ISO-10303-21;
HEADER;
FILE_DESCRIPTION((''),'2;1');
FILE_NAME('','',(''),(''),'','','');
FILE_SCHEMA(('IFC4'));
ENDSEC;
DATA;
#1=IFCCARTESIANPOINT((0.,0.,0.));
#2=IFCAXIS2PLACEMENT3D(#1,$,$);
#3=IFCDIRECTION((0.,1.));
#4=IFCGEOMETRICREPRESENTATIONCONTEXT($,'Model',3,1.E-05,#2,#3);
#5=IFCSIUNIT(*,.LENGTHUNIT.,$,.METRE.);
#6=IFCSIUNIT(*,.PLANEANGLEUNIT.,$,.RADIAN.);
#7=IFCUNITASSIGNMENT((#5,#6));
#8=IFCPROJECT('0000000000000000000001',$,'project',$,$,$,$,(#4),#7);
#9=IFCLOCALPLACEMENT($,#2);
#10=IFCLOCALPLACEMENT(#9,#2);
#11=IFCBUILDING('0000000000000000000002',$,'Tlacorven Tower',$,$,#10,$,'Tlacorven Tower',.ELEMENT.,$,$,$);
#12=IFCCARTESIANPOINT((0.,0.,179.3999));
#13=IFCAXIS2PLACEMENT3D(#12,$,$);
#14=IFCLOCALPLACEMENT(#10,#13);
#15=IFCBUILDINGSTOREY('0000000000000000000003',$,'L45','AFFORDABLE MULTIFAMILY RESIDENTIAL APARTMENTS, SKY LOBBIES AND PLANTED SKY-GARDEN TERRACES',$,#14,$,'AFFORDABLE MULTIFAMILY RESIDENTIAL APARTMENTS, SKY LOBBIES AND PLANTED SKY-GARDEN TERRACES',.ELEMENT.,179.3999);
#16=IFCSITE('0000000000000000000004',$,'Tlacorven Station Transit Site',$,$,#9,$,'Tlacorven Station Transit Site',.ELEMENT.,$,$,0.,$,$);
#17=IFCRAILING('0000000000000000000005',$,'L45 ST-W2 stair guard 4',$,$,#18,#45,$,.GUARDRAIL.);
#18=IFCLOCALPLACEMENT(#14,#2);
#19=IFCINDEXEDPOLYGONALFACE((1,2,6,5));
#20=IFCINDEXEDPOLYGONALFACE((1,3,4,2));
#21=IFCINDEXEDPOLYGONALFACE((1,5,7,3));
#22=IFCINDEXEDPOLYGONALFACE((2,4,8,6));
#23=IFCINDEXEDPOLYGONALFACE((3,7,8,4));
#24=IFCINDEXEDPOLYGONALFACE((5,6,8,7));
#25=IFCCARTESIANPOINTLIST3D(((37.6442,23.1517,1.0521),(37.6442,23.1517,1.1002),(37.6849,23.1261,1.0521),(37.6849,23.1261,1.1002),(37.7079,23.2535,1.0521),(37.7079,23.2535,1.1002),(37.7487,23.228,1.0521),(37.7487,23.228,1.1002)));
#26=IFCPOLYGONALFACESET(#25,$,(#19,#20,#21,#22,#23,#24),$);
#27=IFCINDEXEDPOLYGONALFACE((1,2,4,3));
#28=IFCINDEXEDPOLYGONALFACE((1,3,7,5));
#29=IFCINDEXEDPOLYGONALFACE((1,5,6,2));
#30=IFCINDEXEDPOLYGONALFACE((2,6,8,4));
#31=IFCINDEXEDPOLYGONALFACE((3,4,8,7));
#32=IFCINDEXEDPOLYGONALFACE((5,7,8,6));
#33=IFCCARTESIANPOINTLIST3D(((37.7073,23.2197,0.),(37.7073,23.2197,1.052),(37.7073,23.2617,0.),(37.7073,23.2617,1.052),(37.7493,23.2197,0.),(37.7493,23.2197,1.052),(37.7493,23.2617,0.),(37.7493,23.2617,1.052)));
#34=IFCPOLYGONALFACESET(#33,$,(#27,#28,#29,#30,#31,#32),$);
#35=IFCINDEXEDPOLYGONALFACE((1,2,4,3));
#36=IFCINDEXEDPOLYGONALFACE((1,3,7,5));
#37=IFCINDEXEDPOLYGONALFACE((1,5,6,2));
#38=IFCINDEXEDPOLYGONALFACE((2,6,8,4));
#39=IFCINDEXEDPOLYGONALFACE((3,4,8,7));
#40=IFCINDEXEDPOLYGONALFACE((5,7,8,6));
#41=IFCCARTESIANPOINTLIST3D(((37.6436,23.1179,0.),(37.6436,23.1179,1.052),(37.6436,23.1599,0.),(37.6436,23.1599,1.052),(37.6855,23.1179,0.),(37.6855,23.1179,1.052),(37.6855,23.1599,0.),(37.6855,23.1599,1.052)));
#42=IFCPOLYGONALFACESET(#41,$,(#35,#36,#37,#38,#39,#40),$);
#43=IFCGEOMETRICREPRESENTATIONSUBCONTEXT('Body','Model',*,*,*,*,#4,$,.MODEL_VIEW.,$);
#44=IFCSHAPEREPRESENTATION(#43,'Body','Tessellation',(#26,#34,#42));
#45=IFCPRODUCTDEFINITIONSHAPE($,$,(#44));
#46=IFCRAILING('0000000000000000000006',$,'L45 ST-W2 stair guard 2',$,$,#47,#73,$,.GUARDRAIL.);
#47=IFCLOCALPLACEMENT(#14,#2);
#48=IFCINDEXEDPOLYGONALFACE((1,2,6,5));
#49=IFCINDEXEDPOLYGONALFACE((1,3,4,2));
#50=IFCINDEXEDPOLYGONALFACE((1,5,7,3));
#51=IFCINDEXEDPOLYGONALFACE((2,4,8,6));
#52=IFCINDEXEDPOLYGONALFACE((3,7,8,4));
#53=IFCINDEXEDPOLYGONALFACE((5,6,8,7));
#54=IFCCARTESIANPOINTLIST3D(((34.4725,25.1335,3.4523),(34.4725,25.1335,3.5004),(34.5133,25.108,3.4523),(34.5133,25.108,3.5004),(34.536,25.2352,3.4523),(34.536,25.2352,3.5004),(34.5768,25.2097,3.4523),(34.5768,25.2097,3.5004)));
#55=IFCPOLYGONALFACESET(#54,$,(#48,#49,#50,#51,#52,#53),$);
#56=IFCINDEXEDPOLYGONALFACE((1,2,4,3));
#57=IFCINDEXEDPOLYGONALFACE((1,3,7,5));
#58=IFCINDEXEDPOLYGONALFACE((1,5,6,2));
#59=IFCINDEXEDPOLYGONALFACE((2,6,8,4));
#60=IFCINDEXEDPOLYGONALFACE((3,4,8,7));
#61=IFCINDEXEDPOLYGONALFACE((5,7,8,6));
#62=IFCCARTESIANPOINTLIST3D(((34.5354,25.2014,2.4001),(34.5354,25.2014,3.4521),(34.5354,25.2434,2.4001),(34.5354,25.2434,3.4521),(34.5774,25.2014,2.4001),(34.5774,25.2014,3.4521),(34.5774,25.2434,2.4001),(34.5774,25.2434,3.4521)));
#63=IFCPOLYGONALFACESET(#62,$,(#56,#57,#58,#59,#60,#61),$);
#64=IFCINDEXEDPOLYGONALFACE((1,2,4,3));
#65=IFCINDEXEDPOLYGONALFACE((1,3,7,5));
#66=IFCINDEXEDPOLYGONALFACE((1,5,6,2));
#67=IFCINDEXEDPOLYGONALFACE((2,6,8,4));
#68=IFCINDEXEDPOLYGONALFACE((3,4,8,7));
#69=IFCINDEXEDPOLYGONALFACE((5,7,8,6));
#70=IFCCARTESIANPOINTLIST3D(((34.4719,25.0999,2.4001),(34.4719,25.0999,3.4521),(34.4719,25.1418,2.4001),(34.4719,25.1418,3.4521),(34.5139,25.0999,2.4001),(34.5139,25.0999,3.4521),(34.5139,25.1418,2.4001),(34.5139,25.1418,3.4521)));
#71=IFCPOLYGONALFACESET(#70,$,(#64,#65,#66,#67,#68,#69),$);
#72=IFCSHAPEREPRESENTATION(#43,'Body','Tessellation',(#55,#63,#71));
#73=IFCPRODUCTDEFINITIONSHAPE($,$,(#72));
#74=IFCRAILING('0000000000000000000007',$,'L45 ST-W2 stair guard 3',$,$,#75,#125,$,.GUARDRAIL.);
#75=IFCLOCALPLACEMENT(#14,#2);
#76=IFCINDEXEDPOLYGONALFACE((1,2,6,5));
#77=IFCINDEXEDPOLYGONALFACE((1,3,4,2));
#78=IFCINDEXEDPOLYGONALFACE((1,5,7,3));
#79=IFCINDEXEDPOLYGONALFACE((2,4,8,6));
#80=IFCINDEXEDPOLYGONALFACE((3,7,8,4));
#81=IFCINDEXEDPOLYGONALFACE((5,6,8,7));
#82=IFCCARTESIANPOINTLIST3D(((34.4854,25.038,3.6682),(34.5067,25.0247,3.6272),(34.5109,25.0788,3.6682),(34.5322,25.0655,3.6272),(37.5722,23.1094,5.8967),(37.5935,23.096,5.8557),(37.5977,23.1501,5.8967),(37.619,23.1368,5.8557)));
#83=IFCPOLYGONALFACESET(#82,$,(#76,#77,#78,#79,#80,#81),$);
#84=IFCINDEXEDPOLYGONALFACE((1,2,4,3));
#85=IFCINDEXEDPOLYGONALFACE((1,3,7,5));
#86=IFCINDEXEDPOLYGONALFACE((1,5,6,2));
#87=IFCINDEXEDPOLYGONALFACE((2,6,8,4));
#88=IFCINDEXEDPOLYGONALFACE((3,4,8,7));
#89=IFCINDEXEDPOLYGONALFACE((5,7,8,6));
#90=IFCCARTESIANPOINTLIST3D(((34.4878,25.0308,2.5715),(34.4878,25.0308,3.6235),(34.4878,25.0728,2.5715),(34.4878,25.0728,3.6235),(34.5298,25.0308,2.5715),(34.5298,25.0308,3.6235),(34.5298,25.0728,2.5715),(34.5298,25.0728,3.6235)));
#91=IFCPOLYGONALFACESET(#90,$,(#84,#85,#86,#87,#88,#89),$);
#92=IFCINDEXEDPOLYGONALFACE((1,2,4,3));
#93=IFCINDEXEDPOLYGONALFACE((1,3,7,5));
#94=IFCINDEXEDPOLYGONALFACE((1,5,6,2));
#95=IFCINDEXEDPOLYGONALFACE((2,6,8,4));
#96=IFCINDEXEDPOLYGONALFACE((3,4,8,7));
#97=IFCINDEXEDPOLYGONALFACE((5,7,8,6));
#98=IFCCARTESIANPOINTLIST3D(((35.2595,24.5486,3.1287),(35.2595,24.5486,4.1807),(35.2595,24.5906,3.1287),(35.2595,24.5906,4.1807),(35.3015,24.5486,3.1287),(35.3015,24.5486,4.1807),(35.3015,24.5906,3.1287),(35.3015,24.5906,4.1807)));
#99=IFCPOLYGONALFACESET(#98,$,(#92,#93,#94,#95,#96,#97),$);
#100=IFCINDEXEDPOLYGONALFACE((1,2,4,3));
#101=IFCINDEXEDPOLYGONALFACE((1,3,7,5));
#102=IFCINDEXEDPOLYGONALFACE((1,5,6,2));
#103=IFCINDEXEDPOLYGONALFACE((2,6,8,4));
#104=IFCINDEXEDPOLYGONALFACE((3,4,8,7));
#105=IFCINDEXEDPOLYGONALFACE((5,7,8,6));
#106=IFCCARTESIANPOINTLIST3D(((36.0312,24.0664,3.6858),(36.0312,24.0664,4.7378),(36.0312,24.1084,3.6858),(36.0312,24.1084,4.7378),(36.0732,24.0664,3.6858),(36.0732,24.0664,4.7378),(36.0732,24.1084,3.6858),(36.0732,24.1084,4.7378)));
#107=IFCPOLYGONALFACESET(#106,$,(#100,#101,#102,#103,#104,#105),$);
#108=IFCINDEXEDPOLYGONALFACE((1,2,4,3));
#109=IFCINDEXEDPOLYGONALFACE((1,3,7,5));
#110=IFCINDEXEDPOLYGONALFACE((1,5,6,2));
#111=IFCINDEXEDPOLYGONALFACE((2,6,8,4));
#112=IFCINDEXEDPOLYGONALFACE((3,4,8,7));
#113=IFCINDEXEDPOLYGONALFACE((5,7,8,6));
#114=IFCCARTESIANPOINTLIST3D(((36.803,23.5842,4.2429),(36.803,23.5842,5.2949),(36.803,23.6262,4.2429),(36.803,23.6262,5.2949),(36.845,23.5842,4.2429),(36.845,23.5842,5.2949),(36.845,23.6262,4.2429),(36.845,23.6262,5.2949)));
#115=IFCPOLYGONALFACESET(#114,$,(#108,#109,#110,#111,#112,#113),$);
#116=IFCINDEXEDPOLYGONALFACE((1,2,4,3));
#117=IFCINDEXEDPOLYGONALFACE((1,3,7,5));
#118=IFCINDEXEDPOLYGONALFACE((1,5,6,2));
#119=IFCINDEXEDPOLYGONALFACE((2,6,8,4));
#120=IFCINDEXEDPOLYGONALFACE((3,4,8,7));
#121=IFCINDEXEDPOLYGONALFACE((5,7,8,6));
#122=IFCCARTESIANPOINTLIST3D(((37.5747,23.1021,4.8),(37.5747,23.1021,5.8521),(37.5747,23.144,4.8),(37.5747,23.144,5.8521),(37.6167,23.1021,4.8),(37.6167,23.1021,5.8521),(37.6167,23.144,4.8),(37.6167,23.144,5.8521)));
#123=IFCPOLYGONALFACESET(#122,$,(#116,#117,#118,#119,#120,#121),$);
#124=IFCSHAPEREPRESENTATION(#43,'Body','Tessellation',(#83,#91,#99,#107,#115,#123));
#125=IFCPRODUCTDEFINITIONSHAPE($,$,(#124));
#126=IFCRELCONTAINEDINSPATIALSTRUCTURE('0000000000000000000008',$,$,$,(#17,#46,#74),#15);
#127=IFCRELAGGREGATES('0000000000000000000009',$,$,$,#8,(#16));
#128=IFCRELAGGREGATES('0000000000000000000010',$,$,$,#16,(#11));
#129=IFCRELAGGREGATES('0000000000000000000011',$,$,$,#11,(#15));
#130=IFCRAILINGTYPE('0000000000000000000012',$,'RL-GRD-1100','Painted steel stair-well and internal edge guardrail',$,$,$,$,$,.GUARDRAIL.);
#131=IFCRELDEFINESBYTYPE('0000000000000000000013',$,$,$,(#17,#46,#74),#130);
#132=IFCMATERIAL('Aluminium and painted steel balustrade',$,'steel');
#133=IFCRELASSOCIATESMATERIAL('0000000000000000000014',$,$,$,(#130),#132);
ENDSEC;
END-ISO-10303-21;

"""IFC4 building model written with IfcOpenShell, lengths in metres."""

from ifc_helpers import new_model, si_unit, direction, frame, origin, origin_2d, place, context, subcontext, project, spatial, rectangle, extrude, source, transform, mapped, material, type_object, element, save


model = new_model("IFC4")

# Units and contexts
model_context = context("Model", 3, precision=1e-05, world=origin(), true_north=direction((0.0, 1.0)))
body_context = subcontext(model_context, "Body", "Model", "MODEL_VIEW")
ifc_project = project(units=[si_unit("LENGTHUNIT", "METRE"), si_unit("PLANEANGLEUNIT", "RADIAN")], contexts=[model_context])

# Site, building, storey
site_placement = place(None, origin())
site = spatial("IfcSite", under=ifc_project, at=site_placement, Name="Tlacorven Station Transit Site", LongName="Tlacorven Station Transit Site", CompositionType="ELEMENT", RefElevation=0.0)
building_placement = place(site_placement, origin())
building = spatial("IfcBuilding", under=site, at=building_placement, Name="Tlacorven Tower", LongName="Tlacorven Tower", CompositionType="ELEMENT")
storey_placement = place(building_placement, frame((0.0, 0.0, 179.3999)))
storey = spatial("IfcBuildingStorey", under=building, at=storey_placement, Name="L45", Description="AFFORDABLE MULTIFAMILY RESIDENTIAL APARTMENTS, SKY LOBBIES AND PLANTED SKY-GARDEN TERRACES", LongName="AFFORDABLE MULTIFAMILY RESIDENTIAL APARTMENTS, SKY LOBBIES AND PLANTED SKY-GARDEN TERRACES", CompositionType="ELEMENT", Elevation=179.3999)

# Railings
ifc_material_1 = material(Name="Aluminium and painted steel balustrade", Category="steel")
railing_type_1 = type_object("IfcRailingType", Name="RL-GRD-1100", Description="Painted steel stair-well and internal edge guardrail", PredefinedType="GUARDRAIL", material=ifc_material_1)
shared_shape_1 = source(origin(), body_context, "Body", "SweptSolid", [
    extrude(rectangle(XDim=0.0481, YDim=0.0481, at=origin_2d()), frame((0.0, 0.0, 1.0762), z_axis=(-0.530547, -0.847656, 0.0), x_axis=(0.847656, -0.530547, 0.0)), (0.0, 0.0, 1.0), 0.1201),
    extrude(rectangle(XDim=0.042, YDim=0.042, at=origin_2d()), origin(), (0.0, 0.0, 1.0), 1.052),
    extrude(rectangle(XDim=0.042, YDim=0.042, at=origin_2d()), frame((-0.0637, -0.1018, 0.0)), (0.0, 0.0, 1.0), 1.052),
])
railing_1_placement = place(storey_placement, frame((37.7283, 23.2407, 0.0)))
element("IfcRailing", 1, at=railing_1_placement, inside=storey, type_object=railing_type_1, Name="L45 ST-W2 stair guard 4", PredefinedType="GUARDRAIL", context=body_context, shape_type="MappedRepresentation", body=[
    mapped(shared_shape_1, transform((0.0, 0.0, 0.0), scale=1.0)),
])
shared_shape_2 = source(origin(), body_context, "Body", "SweptSolid", [
    extrude(rectangle(XDim=0.0481, YDim=0.0481, at=origin_2d()), frame((0.0, 0.0, 1.0762), z_axis=(-0.529999, -0.847998, 0.0), x_axis=(0.847998, -0.529999, 0.0)), (0.0, 0.0, 1.0), 0.1199),
    extrude(rectangle(XDim=0.042, YDim=0.042, at=origin_2d()), origin(), (0.0, 0.0, 1.0), 1.052),
    extrude(rectangle(XDim=0.042, YDim=0.042, at=origin_2d()), frame((-0.0635, -0.1016, 0.0)), (0.0, 0.0, 1.0), 1.052),
])
railing_2_placement = place(storey_placement, frame((34.5564, 25.2224, 2.4001)))
element("IfcRailing", 2, at=railing_2_placement, inside=storey, type_object=railing_type_1, Name="L45 ST-W2 stair guard 2", PredefinedType="GUARDRAIL", context=body_context, shape_type="MappedRepresentation", body=[
    mapped(shared_shape_2, transform((0.0, 0.0, 0.0), scale=1.0)),
])
shared_shape_3 = source(origin(), body_context, "Body", "SweptSolid", [
    extrude(rectangle(XDim=0.0481, YDim=0.0481, at=origin_2d()), frame((0.0, 0.0, 1.0762), z_axis=(0.723281, -0.451908, 0.522153), x_axis=(0.529878, 0.848074, 0.0)), (0.0, 0.0, 1.0), 4.2678),
    extrude(rectangle(XDim=0.042, YDim=0.042, at=origin_2d()), origin(), (0.0, 0.0, 1.0), 1.052),
    extrude(rectangle(XDim=0.042, YDim=0.042, at=origin_2d()), frame((0.7717, -0.4822, 0.5571)), (0.0, 0.0, 1.0), 1.052),
    extrude(rectangle(XDim=0.042, YDim=0.042, at=origin_2d()), frame((1.5435, -0.9644, 1.1143)), (0.0, 0.0, 1.0), 1.052),
    extrude(rectangle(XDim=0.042, YDim=0.042, at=origin_2d()), frame((2.3152, -1.4465, 1.6714)), (0.0, 0.0, 1.0), 1.052),
    extrude(rectangle(XDim=0.042, YDim=0.042, at=origin_2d()), frame((3.0869, -1.9287, 2.2285)), (0.0, 0.0, 1.0), 1.052),
])
railing_3_placement = place(storey_placement, frame((34.5088, 25.0518, 2.5715)))
element("IfcRailing", 3, at=railing_3_placement, inside=storey, type_object=railing_type_1, Name="L45 ST-W2 stair guard 3", PredefinedType="GUARDRAIL", context=body_context, shape_type="MappedRepresentation", body=[
    mapped(shared_shape_3, transform((0.0, 0.0, 0.0), scale=1.0)),
])

save(model, "model.ifc")
